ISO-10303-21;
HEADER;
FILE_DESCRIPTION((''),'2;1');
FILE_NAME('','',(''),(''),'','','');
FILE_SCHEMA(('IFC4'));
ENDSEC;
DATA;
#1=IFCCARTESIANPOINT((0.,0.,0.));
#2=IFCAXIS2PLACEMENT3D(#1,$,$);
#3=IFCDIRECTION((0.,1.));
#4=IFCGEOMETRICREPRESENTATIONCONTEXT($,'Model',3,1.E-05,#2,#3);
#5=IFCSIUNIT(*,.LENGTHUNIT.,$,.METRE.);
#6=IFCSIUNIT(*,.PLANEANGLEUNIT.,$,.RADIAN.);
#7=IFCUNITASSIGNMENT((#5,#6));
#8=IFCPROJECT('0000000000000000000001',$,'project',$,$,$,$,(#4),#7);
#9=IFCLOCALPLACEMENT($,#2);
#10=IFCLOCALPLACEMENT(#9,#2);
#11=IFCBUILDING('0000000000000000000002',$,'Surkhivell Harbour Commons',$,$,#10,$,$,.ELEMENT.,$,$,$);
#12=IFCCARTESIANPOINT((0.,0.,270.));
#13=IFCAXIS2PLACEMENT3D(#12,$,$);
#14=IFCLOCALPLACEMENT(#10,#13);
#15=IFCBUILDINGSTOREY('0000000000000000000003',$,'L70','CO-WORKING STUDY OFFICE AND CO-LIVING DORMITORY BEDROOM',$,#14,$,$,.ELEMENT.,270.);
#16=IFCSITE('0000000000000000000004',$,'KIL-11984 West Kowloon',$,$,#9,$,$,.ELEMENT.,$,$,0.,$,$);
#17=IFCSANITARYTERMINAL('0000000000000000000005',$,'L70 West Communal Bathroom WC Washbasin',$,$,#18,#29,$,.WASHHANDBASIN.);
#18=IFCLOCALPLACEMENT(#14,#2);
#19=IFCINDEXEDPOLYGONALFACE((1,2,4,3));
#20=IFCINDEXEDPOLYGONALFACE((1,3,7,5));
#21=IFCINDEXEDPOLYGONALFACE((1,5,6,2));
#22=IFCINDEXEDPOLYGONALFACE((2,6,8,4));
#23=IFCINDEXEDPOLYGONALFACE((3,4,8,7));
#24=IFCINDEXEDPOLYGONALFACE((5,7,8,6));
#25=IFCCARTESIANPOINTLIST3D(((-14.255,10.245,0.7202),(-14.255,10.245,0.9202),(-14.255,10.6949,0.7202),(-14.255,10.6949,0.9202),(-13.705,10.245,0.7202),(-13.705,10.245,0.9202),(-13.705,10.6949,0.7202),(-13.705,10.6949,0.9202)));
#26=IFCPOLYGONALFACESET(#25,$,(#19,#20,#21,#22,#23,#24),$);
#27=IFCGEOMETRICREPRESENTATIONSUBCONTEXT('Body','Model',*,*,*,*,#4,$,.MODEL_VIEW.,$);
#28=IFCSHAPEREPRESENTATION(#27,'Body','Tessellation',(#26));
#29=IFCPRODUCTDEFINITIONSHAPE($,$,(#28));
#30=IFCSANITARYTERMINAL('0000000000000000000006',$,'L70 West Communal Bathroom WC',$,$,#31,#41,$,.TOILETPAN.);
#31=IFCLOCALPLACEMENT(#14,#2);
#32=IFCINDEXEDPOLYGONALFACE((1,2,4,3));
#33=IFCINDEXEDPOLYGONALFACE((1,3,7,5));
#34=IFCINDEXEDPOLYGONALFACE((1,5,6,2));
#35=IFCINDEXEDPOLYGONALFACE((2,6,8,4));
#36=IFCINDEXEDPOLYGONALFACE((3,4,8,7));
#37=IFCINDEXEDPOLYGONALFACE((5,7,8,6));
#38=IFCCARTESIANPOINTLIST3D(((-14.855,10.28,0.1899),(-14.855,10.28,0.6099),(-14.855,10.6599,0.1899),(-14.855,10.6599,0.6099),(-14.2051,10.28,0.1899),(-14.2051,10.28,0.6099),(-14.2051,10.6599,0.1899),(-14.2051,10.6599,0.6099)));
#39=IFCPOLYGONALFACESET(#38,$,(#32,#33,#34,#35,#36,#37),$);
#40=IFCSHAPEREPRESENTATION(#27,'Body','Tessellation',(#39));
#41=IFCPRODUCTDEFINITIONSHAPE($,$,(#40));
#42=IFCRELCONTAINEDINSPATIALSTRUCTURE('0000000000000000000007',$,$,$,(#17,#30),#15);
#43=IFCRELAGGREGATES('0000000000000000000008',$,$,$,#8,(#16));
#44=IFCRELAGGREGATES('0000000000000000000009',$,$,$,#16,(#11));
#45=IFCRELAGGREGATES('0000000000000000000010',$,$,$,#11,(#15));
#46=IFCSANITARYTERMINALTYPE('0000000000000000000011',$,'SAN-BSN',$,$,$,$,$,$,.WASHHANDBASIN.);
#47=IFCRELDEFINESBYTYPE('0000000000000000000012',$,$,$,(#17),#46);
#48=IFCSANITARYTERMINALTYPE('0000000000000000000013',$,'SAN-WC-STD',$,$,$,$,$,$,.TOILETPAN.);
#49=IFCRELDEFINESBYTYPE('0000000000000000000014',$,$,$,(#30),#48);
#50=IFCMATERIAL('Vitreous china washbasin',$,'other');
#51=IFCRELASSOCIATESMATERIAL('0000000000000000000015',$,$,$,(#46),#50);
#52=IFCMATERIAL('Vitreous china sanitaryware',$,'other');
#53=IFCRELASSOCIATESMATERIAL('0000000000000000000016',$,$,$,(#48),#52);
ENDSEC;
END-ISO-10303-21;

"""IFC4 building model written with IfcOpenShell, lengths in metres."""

from ifc_helpers import new_model, si_unit, direction, frame, origin, origin_2d, place, context, subcontext, project, spatial, rectangle, extrude, material, type_object, element, save


model = new_model("IFC4")

# Units and contexts
model_context = context("Model", 3, precision=1e-05, world=origin(), true_north=direction((0.0, 1.0)))
body_context = subcontext(model_context, "Body", "Model", "MODEL_VIEW")
ifc_project = project(units=[si_unit("LENGTHUNIT", "METRE"), si_unit("PLANEANGLEUNIT", "RADIAN")], contexts=[model_context])

# Site, building, storey
site_placement = place(None, origin())
site = spatial("IfcSite", under=ifc_project, at=site_placement, Name="KIL-11984 West Kowloon", CompositionType="ELEMENT", RefElevation=0.0)
building_placement = place(site_placement, origin())
building = spatial("IfcBuilding", under=site, at=building_placement, Name="Surkhivell Harbour Commons", CompositionType="ELEMENT")
storey_placement = place(building_placement, frame((0.0, 0.0, 270.0)))
storey = spatial("IfcBuildingStorey", under=building, at=storey_placement, Name="L70", Description="CO-WORKING STUDY OFFICE AND CO-LIVING DORMITORY BEDROOM", CompositionType="ELEMENT", Elevation=270.0)

# Sanitary terminals
ifc_material_1 = material(Name="Vitreous china washbasin", Category="other")
sanitary_terminal_type_1 = type_object("IfcSanitaryTerminalType", Name="SAN-BSN", PredefinedType="WASHHANDBASIN", material=ifc_material_1)
sanitary_terminal_1_placement = place(storey_placement, frame((-13.98, 10.47, 0.7202), z_axis=(0.0, 0.0, 1.0), x_axis=(1.0, 0.0, 0.0)))
element("IfcSanitaryTerminal", 1, at=sanitary_terminal_1_placement, inside=storey, type_object=sanitary_terminal_type_1, Name="L70 West Communal Bathroom WC Washbasin", PredefinedType="WASHHANDBASIN", context=body_context, shape_type="SweptSolid", body=[
    extrude(rectangle(XDim=0.55, YDim=0.45, at=origin_2d()), origin(), (0.0, 0.0, 1.0), 0.2),
])
ifc_material_2 = material(Name="Vitreous china sanitaryware", Category="other")
sanitary_terminal_type_2 = type_object("IfcSanitaryTerminalType", Name="SAN-WC-STD", PredefinedType="TOILETPAN", material=ifc_material_2)
sanitary_terminal_2_placement = place(storey_placement, frame((-14.53, 10.47, 0.1899), z_axis=(0.0, 0.0, 1.0), x_axis=(1.0, 0.0, 0.0)))
element("IfcSanitaryTerminal", 2, at=sanitary_terminal_2_placement, inside=storey, type_object=sanitary_terminal_type_2, Name="L70 West Communal Bathroom WC", PredefinedType="TOILETPAN", context=body_context, shape_type="SweptSolid", body=[
    extrude(rectangle(XDim=0.6499, YDim=0.3799, at=origin_2d()), origin(), (0.0, 0.0, 1.0), 0.4199),
])

save(model, "model.ifc")
